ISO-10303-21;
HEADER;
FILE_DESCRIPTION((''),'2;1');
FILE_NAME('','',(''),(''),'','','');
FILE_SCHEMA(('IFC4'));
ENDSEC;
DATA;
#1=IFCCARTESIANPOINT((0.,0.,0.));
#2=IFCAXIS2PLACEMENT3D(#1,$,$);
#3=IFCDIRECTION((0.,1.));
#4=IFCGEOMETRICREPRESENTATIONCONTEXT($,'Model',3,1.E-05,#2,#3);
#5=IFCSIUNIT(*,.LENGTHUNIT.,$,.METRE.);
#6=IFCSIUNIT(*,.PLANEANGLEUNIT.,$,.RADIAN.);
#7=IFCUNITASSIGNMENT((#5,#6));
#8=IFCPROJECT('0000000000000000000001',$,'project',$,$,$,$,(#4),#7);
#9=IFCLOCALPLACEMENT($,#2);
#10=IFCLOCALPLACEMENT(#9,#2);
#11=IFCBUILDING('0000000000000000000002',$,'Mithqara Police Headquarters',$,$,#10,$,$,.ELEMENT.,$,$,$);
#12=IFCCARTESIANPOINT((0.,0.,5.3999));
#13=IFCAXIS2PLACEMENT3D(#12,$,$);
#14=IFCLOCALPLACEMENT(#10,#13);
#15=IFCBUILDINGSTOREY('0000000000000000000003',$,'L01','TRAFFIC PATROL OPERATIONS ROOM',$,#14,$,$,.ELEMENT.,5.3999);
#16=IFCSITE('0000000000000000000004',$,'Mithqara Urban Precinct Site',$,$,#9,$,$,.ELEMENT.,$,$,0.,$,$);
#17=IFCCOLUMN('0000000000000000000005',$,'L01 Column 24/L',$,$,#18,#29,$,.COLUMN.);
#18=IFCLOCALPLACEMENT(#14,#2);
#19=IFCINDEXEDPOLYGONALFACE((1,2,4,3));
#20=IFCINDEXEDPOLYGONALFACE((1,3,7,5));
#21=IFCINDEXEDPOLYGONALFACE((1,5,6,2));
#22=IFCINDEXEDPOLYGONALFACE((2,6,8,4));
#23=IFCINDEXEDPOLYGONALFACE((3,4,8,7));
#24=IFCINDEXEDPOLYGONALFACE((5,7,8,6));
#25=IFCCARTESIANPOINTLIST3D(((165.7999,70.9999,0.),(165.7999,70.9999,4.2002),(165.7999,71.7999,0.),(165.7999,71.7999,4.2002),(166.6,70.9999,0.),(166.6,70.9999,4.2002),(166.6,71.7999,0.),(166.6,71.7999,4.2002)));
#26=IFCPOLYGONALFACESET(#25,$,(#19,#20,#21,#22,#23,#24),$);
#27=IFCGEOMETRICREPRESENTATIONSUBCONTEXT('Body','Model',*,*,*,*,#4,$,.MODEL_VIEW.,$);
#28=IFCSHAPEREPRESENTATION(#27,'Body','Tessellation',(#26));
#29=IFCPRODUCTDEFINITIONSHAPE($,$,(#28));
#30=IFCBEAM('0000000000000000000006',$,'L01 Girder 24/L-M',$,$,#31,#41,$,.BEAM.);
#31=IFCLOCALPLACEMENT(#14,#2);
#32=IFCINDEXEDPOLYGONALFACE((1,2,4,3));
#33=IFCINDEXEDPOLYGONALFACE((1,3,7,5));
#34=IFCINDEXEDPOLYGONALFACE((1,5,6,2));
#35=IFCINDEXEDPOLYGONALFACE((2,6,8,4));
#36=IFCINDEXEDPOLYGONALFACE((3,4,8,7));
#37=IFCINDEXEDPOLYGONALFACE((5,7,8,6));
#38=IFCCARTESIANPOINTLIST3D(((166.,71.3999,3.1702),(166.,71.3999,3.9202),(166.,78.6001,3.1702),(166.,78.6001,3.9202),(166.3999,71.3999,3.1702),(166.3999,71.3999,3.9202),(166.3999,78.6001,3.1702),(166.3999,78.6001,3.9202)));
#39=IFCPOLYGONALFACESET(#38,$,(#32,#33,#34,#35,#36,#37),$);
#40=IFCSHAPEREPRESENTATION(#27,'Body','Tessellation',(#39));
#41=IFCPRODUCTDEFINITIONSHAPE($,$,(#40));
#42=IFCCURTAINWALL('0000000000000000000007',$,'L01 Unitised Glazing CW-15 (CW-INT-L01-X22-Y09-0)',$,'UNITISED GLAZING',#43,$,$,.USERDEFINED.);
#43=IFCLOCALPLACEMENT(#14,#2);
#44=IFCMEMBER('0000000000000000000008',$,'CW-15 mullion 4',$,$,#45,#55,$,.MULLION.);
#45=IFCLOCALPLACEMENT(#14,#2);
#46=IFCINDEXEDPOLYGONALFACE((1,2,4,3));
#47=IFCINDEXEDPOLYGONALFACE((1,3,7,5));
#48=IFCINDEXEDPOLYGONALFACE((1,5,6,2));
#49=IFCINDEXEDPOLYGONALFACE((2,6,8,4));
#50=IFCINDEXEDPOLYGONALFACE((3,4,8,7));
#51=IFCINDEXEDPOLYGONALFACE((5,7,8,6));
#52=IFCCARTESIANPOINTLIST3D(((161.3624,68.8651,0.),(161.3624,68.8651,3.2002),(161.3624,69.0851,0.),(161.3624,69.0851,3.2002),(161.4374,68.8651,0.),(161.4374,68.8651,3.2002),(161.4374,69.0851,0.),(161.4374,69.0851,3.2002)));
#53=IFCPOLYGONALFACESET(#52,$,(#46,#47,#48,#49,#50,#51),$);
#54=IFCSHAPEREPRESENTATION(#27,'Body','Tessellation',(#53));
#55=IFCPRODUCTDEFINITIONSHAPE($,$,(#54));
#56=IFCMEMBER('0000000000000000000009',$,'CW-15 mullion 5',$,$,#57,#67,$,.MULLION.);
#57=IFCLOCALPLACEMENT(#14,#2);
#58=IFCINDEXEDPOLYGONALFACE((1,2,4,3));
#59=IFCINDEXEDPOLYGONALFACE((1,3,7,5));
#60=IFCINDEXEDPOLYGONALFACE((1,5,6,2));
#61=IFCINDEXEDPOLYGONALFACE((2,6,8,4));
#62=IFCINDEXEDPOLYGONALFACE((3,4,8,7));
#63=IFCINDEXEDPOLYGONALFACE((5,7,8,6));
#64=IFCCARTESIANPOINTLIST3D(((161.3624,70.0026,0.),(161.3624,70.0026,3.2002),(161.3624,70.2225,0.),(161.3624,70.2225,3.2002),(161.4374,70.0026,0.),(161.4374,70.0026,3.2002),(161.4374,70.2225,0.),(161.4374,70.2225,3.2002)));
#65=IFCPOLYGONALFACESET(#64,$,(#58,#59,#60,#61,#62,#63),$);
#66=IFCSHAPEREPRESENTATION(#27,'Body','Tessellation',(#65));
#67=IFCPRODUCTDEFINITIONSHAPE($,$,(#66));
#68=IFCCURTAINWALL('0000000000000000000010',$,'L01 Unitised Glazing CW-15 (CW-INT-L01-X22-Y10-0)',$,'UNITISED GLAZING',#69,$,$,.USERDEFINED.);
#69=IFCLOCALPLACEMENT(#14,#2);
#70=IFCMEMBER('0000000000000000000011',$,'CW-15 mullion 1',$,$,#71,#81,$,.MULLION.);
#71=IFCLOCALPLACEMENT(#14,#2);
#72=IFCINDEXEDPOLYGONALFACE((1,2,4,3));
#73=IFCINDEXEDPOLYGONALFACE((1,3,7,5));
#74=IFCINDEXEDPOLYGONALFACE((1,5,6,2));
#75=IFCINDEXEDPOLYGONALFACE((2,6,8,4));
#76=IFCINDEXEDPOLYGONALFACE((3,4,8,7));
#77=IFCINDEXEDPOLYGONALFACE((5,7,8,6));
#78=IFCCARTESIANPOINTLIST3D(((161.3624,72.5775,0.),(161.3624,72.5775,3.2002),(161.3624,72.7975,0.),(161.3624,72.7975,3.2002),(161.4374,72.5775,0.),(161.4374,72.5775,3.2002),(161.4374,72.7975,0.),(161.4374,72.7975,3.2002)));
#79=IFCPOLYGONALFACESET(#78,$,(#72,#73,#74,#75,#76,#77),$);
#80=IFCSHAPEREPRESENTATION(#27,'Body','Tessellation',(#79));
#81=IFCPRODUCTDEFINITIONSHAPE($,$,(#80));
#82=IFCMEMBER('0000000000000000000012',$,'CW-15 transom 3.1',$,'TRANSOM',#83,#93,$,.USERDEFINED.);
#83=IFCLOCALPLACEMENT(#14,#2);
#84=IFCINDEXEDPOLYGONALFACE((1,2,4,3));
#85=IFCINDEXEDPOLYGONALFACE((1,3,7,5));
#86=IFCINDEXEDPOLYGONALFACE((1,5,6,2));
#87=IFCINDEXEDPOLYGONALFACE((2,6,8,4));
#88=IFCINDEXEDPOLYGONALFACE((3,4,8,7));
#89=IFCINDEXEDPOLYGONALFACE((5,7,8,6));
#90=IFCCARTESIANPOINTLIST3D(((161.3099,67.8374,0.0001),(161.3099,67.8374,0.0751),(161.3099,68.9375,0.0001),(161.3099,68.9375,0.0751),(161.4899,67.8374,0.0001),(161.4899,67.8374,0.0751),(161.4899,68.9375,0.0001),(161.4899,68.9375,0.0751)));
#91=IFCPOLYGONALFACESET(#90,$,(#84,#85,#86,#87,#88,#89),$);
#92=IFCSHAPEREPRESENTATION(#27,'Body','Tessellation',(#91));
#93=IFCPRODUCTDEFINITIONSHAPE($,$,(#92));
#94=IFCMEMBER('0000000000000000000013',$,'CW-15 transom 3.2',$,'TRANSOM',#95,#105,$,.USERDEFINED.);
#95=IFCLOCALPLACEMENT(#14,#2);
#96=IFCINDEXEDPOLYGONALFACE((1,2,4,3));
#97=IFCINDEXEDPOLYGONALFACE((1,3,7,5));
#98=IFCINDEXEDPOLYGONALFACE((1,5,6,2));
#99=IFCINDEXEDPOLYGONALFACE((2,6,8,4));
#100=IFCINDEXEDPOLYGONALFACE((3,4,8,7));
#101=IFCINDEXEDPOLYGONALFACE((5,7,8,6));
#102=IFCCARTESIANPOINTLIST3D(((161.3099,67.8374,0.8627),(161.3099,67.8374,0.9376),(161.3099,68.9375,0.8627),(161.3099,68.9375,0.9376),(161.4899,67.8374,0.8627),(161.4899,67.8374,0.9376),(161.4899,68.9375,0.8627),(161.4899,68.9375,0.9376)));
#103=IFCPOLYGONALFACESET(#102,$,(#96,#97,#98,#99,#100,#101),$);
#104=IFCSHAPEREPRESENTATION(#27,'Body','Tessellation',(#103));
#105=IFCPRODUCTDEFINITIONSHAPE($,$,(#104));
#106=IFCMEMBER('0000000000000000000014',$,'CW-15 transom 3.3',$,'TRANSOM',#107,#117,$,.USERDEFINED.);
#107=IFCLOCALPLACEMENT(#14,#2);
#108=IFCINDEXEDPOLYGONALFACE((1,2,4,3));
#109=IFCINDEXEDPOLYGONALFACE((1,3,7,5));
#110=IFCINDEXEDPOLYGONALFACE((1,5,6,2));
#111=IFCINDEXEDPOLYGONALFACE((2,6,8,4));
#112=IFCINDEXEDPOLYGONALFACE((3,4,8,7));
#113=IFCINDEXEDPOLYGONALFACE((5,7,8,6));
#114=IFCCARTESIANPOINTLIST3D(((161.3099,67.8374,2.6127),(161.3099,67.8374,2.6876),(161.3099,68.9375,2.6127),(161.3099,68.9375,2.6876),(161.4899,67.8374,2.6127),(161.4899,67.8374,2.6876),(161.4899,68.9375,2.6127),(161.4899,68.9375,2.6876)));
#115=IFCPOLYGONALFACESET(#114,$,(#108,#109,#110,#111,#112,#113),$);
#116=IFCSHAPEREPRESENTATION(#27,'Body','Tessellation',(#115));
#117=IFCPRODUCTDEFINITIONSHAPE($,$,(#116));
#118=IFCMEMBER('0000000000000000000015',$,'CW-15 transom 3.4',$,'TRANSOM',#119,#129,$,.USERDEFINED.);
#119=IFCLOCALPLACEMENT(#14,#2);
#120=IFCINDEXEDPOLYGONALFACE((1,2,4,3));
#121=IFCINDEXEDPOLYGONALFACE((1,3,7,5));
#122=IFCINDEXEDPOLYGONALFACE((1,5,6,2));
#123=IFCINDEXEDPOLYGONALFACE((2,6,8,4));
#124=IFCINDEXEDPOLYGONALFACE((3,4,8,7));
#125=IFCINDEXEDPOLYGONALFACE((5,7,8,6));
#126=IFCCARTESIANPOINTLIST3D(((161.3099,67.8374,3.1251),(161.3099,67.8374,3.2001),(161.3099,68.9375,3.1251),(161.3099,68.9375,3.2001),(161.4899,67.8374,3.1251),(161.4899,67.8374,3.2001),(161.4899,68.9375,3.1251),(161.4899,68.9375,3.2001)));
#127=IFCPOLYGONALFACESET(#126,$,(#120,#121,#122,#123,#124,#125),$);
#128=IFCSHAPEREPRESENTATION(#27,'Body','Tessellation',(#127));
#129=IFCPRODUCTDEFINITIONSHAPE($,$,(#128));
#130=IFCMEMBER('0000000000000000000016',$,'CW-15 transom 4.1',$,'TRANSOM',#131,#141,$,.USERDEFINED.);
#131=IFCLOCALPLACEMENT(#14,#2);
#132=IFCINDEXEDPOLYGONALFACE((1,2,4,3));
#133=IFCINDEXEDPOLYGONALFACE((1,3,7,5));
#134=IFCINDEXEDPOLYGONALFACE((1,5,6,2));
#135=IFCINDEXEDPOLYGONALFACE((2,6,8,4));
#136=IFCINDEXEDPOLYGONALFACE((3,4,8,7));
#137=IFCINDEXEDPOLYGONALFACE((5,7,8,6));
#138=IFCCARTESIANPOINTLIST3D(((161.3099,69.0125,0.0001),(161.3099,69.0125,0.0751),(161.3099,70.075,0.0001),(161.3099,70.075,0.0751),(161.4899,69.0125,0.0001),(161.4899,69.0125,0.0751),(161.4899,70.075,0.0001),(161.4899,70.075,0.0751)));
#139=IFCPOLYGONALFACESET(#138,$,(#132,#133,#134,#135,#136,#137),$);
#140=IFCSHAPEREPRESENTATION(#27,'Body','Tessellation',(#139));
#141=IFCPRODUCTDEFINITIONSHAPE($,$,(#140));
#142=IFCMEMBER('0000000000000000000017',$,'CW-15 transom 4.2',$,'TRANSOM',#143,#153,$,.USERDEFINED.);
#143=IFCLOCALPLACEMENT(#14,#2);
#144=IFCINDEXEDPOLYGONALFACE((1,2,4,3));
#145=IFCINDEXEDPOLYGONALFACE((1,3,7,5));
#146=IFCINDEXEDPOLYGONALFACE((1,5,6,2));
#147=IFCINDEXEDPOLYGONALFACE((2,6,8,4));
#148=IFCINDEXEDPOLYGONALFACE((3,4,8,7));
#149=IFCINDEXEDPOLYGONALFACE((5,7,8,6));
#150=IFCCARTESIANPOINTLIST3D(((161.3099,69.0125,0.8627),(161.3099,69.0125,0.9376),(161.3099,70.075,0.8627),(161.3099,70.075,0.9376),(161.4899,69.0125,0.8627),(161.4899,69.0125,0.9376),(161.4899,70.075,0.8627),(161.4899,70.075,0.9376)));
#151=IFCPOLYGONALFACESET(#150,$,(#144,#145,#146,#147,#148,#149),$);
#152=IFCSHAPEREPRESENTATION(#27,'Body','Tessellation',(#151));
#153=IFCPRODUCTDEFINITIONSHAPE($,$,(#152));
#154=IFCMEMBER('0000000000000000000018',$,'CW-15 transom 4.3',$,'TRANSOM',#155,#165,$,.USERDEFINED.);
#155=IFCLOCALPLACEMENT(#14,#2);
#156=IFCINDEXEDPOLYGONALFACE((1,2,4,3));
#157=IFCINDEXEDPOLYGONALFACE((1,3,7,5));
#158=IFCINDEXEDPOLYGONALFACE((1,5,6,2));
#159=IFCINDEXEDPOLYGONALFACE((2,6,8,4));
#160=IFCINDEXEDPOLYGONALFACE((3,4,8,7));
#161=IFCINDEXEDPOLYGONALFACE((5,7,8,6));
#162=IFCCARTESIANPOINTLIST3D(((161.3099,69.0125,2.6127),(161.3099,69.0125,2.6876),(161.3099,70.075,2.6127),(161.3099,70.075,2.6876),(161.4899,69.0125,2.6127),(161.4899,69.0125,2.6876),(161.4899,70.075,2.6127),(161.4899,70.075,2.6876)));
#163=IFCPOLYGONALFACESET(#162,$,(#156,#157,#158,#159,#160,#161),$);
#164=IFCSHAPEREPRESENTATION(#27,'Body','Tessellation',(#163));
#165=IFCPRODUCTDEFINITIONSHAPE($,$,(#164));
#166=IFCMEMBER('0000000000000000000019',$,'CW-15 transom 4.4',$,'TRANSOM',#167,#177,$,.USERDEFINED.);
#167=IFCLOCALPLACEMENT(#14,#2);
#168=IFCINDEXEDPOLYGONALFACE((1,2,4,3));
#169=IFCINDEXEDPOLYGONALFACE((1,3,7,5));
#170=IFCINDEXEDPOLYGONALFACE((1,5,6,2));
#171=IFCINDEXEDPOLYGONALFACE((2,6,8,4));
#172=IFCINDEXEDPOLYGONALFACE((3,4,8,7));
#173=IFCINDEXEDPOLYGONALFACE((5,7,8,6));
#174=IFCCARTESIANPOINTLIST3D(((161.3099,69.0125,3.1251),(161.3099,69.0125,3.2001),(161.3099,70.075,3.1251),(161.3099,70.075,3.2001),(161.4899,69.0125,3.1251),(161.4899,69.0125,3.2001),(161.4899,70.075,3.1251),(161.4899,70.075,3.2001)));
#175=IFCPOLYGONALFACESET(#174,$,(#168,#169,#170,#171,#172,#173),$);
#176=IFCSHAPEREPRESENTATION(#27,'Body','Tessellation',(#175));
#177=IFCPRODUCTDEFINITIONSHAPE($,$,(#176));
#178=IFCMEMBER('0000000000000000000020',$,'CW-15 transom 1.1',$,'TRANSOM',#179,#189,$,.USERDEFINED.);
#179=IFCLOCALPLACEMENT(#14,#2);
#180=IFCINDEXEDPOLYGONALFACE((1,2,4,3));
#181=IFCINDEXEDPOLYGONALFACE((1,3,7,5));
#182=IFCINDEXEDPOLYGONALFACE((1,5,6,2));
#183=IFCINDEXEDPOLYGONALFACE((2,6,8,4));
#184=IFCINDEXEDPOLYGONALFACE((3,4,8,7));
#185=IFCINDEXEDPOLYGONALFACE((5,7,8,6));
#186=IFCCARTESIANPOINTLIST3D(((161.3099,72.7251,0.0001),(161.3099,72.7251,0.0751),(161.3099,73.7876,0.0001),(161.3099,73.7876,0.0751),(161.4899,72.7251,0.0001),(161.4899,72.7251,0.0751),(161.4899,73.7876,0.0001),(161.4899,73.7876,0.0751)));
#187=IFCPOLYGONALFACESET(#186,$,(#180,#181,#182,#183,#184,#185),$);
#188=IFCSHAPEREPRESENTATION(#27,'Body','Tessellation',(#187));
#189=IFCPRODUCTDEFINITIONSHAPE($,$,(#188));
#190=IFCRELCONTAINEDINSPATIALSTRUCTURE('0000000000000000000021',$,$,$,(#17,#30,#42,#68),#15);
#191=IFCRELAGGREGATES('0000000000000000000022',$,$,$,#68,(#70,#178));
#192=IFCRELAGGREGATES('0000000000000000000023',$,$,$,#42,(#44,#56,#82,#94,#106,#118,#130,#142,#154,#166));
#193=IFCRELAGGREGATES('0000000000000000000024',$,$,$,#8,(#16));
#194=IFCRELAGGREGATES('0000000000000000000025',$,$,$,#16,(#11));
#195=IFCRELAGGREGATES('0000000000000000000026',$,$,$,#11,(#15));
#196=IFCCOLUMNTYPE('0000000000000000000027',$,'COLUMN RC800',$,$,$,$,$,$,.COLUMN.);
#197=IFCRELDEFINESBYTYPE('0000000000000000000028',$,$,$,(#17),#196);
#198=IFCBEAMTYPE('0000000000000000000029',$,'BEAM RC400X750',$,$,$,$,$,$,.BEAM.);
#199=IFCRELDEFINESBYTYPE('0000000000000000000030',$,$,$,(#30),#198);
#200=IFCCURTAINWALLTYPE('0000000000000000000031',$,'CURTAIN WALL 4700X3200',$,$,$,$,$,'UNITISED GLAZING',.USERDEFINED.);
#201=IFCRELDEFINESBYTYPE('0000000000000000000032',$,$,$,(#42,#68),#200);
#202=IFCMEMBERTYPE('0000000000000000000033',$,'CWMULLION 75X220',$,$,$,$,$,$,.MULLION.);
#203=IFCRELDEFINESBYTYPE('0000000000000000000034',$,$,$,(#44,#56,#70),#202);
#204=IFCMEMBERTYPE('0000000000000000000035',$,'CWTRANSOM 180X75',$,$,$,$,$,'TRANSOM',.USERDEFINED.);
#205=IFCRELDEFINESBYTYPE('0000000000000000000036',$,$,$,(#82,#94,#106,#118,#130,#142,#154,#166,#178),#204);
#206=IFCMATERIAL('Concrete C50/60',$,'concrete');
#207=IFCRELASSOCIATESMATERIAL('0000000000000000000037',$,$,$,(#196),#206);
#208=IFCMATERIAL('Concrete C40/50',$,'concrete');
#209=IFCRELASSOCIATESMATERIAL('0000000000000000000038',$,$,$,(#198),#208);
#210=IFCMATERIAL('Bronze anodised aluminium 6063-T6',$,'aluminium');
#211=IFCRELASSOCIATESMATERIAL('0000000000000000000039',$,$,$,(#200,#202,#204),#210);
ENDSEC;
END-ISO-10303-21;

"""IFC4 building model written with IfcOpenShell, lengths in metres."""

from ifc_helpers import new_model, si_unit, direction, frame, origin, origin_2d, place, context, subcontext, project, spatial, rectangle, extrude, material, material_profile, profile_set, type_object, element, aggregate, save


model = new_model("IFC4")

# Units and contexts
model_context = context("Model", 3, precision=1e-05, world=origin(), true_north=direction((0.0, 1.0)))
body_context = subcontext(model_context, "Body", "Model", "MODEL_VIEW")
ifc_project = project(units=[si_unit("LENGTHUNIT", "METRE"), si_unit("PLANEANGLEUNIT", "RADIAN")], contexts=[model_context])

# Site, building, storey
site_placement = place(None, origin())
site = spatial("IfcSite", under=ifc_project, at=site_placement, Name="Mithqara Urban Precinct Site", CompositionType="ELEMENT", RefElevation=0.0)
building_placement = place(site_placement, origin())
building = spatial("IfcBuilding", under=site, at=building_placement, Name="Mithqara Police Headquarters", CompositionType="ELEMENT")
storey_placement = place(building_placement, frame((0.0, 0.0, 5.3999)))
storey = spatial("IfcBuildingStorey", under=building, at=storey_placement, Name="L01", Description="TRAFFIC PATROL OPERATIONS ROOM", CompositionType="ELEMENT", Elevation=5.3999)

# Column
ifc_material_1 = material(Name="Concrete C50/60", Category="concrete")
ifc_material_profile_1 = material_profile(ifc_material_1, rectangle(XDim=0.8, YDim=0.8, at=origin_2d()), Name="RC 800x800")
ifc_profile_set_1 = profile_set([ifc_material_profile_1], Name="Concrete C50/60")
column_type = type_object("IfcColumnType", Name="COLUMN RC800", PredefinedType="COLUMN", material=ifc_profile_set_1)
column_placement = place(storey_placement, frame((166.2, 71.3999, 0.0), z_axis=(0.0, 0.0, 1.0), x_axis=(1.0, 0.0, 0.0)))
element("IfcColumn", 1, at=column_placement, inside=storey, type_object=column_type, Name="L01 Column 24/L", PredefinedType="COLUMN", context=body_context, shape_type="SweptSolid", body=[
    extrude(rectangle(XDim=0.8, YDim=0.8, at=origin_2d()), origin(), (0.0, 0.0, 1.0), 4.2002),
])

# Beam
ifc_material_2 = material(Name="Concrete C40/50", Category="concrete")
ifc_material_profile_2 = material_profile(ifc_material_2, rectangle(XDim=0.3999, YDim=0.75, at=origin_2d()), Name="RC 400x750")
ifc_profile_set_2 = profile_set([ifc_material_profile_2], Name="Concrete C40/50")
beam_type = type_object("IfcBeamType", Name="BEAM RC400X750", PredefinedType="BEAM", material=ifc_profile_set_2)
beam_placement = place(storey_placement, frame((166.2, 71.3999, 3.5452), z_axis=(0.0, 1.0, 0.0), x_axis=(-1.0, 0.0, 0.0)))
element("IfcBeam", 2, at=beam_placement, inside=storey, type_object=beam_type, Name="L01 Girder 24/L-M", PredefinedType="BEAM", context=body_context, shape_type="SweptSolid", body=[
    extrude(rectangle(XDim=0.3999, YDim=0.75, at=origin_2d()), origin(), (0.0, 0.0, 1.0), 7.2002),
])

# Curtain wall, members
ifc_material_3 = material(Name="Bronze anodised aluminium 6063-T6", Category="aluminium")
curtain_wall_type = type_object("IfcCurtainWallType", Name="CURTAIN WALL 4700X3200", ElementType="UNITISED GLAZING", PredefinedType="USERDEFINED", material=ifc_material_3)
curtain_wall_1_placement = place(storey_placement, origin())
curtain_wall_1 = element("IfcCurtainWall", 3, at=curtain_wall_1_placement, inside=storey, type_object=curtain_wall_type, Name="L01 Unitised Glazing CW-15 (CW-INT-L01-X22-Y09-0)", ObjectType="UNITISED GLAZING", PredefinedType="USERDEFINED")
ifc_material_profile_3 = material_profile(ifc_material_3, rectangle(XDim=0.075, YDim=0.22, at=origin_2d()), Name="CWM 75x220")
ifc_profile_set_3 = profile_set([ifc_material_profile_3], Name="Bronze anodised aluminium 6063-T6")
member_type_1 = type_object("IfcMemberType", Name="CWMULLION 75X220", PredefinedType="MULLION", material=ifc_profile_set_3)
member_1_placement = place(storey_placement, frame((161.3999, 68.9751, 0.0), z_axis=(0.0, 0.0, 1.0), x_axis=(-1.0, 0.0, 0.0)))
member_1 = element("IfcMember", 4, at=member_1_placement, type_object=member_type_1, Name="CW-15 mullion 4", PredefinedType="MULLION", context=body_context, shape_type="SweptSolid", body=[
    extrude(rectangle(XDim=0.075, YDim=0.22, at=origin_2d()), origin(), (0.0, 0.0, 1.0), 3.2002),
])
member_2_placement = place(storey_placement, frame((161.3999, 70.1125, 0.0), z_axis=(0.0, 0.0, 1.0), x_axis=(-1.0, 0.0, 0.0)))
member_2 = element("IfcMember", 5, at=member_2_placement, type_object=member_type_1, Name="CW-15 mullion 5", PredefinedType="MULLION", context=body_context, shape_type="SweptSolid", body=[
    extrude(rectangle(XDim=0.075, YDim=0.22, at=origin_2d()), origin(), (0.0, 0.0, 1.0), 3.2002),
])

# Curtain wall, member
curtain_wall_2_placement = place(storey_placement, origin())
curtain_wall_2 = element("IfcCurtainWall", 6, at=curtain_wall_2_placement, inside=storey, type_object=curtain_wall_type, Name="L01 Unitised Glazing CW-15 (CW-INT-L01-X22-Y10-0)", ObjectType="UNITISED GLAZING", PredefinedType="USERDEFINED")
member_3_placement = place(storey_placement, frame((161.3999, 72.6875, 0.0), z_axis=(0.0, 0.0, 1.0), x_axis=(-1.0, 0.0, 0.0)))
member_3 = element("IfcMember", 7, at=member_3_placement, type_object=member_type_1, Name="CW-15 mullion 1", PredefinedType="MULLION", context=body_context, shape_type="SweptSolid", body=[
    extrude(rectangle(XDim=0.075, YDim=0.22, at=origin_2d()), origin(), (0.0, 0.0, 1.0), 3.2002),
])

# Members
ifc_material_profile_4 = material_profile(ifc_material_3, rectangle(XDim=0.1799, YDim=0.075, at=origin_2d()), Name="CWT 180x75")
ifc_profile_set_4 = profile_set([ifc_material_profile_4], Name="Bronze anodised aluminium 6063-T6")
member_type_2 = type_object("IfcMemberType", Name="CWTRANSOM 180X75", ElementType="TRANSOM", PredefinedType="USERDEFINED", material=ifc_profile_set_4)
member_4_placement = place(storey_placement, frame((161.3999, 67.8374, 0.0376), z_axis=(0.0, 1.0, 0.0), x_axis=(-1.0, 0.0, 0.0)))
member_4 = element("IfcMember", 8, at=member_4_placement, type_object=member_type_2, Name="CW-15 transom 3.1", ObjectType="TRANSOM", PredefinedType="USERDEFINED", context=body_context, shape_type="SweptSolid", body=[
    extrude(rectangle(XDim=0.1799, YDim=0.075, at=origin_2d()), origin(), (0.0, 0.0, 1.0), 1.1001),
])
member_5_placement = place(storey_placement, frame((161.3999, 67.8374, 0.9001), z_axis=(0.0, 1.0, 0.0), x_axis=(-1.0, 0.0, 0.0)))
member_5 = element("IfcMember", 9, at=member_5_placement, type_object=member_type_2, Name="CW-15 transom 3.2", ObjectType="TRANSOM", PredefinedType="USERDEFINED", context=body_context, shape_type="SweptSolid", body=[
    extrude(rectangle(XDim=0.1799, YDim=0.075, at=origin_2d()), origin(), (0.0, 0.0, 1.0), 1.1001),
])
member_6_placement = place(storey_placement, frame((161.3999, 67.8374, 2.6501), z_axis=(0.0, 1.0, 0.0), x_axis=(-1.0, 0.0, 0.0)))
member_6 = element("IfcMember", 10, at=member_6_placement, type_object=member_type_2, Name="CW-15 transom 3.3", ObjectType="TRANSOM", PredefinedType="USERDEFINED", context=body_context, shape_type="SweptSolid", body=[
    extrude(rectangle(XDim=0.1799, YDim=0.075, at=origin_2d()), origin(), (0.0, 0.0, 1.0), 1.1001),
])
member_7_placement = place(storey_placement, frame((161.3999, 67.8374, 3.1626), z_axis=(0.0, 1.0, 0.0), x_axis=(-1.0, 0.0, 0.0)))
member_7 = element("IfcMember", 11, at=member_7_placement, type_object=member_type_2, Name="CW-15 transom 3.4", ObjectType="TRANSOM", PredefinedType="USERDEFINED", context=body_context, shape_type="SweptSolid", body=[
    extrude(rectangle(XDim=0.1799, YDim=0.075, at=origin_2d()), origin(), (0.0, 0.0, 1.0), 1.1001),
])
member_8_placement = place(storey_placement, frame((161.3999, 69.0125, 0.0376), z_axis=(0.0, 1.0, 0.0), x_axis=(-1.0, 0.0, 0.0)))
member_8 = element("IfcMember", 12, at=member_8_placement, type_object=member_type_2, Name="CW-15 transom 4.1", ObjectType="TRANSOM", PredefinedType="USERDEFINED", context=body_context, shape_type="SweptSolid", body=[
    extrude(rectangle(XDim=0.1799, YDim=0.075, at=origin_2d()), origin(), (0.0, 0.0, 1.0), 1.0625),
])
member_9_placement = place(storey_placement, frame((161.3999, 69.0125, 0.9001), z_axis=(0.0, 1.0, 0.0), x_axis=(-1.0, 0.0, 0.0)))
member_9 = element("IfcMember", 13, at=member_9_placement, type_object=member_type_2, Name="CW-15 transom 4.2", ObjectType="TRANSOM", PredefinedType="USERDEFINED", context=body_context, shape_type="SweptSolid", body=[
    extrude(rectangle(XDim=0.1799, YDim=0.075, at=origin_2d()), origin(), (0.0, 0.0, 1.0), 1.0625),
])
member_10_placement = place(storey_placement, frame((161.3999, 69.0125, 2.6501), z_axis=(0.0, 1.0, 0.0), x_axis=(-1.0, 0.0, 0.0)))
member_10 = element("IfcMember", 14, at=member_10_placement, type_object=member_type_2, Name="CW-15 transom 4.3", ObjectType="TRANSOM", PredefinedType="USERDEFINED", context=body_context, shape_type="SweptSolid", body=[
    extrude(rectangle(XDim=0.1799, YDim=0.075, at=origin_2d()), origin(), (0.0, 0.0, 1.0), 1.0625),
])
member_11_placement = place(storey_placement, frame((161.3999, 69.0125, 3.1626), z_axis=(0.0, 1.0, 0.0), x_axis=(-1.0, 0.0, 0.0)))
member_11 = element("IfcMember", 15, at=member_11_placement, type_object=member_type_2, Name="CW-15 transom 4.4", ObjectType="TRANSOM", PredefinedType="USERDEFINED", context=body_context, shape_type="SweptSolid", body=[
    extrude(rectangle(XDim=0.1799, YDim=0.075, at=origin_2d()), origin(), (0.0, 0.0, 1.0), 1.0625),
])
member_12_placement = place(storey_placement, frame((161.3999, 72.7251, 0.0376), z_axis=(0.0, 1.0, 0.0), x_axis=(-1.0, 0.0, 0.0)))
member_12 = element("IfcMember", 16, at=member_12_placement, type_object=member_type_2, Name="CW-15 transom 1.1", ObjectType="TRANSOM", PredefinedType="USERDEFINED", context=body_context, shape_type="SweptSolid", body=[
    extrude(rectangle(XDim=0.1799, YDim=0.075, at=origin_2d()), origin(), (0.0, 0.0, 1.0), 1.0625),
])
aggregate(curtain_wall_2, [member_3, member_12])

aggregate(curtain_wall_1, [member_1, member_2, member_4, member_5, member_6, member_7, member_8, member_9, member_10, member_11])

save(model, "model.ifc")
